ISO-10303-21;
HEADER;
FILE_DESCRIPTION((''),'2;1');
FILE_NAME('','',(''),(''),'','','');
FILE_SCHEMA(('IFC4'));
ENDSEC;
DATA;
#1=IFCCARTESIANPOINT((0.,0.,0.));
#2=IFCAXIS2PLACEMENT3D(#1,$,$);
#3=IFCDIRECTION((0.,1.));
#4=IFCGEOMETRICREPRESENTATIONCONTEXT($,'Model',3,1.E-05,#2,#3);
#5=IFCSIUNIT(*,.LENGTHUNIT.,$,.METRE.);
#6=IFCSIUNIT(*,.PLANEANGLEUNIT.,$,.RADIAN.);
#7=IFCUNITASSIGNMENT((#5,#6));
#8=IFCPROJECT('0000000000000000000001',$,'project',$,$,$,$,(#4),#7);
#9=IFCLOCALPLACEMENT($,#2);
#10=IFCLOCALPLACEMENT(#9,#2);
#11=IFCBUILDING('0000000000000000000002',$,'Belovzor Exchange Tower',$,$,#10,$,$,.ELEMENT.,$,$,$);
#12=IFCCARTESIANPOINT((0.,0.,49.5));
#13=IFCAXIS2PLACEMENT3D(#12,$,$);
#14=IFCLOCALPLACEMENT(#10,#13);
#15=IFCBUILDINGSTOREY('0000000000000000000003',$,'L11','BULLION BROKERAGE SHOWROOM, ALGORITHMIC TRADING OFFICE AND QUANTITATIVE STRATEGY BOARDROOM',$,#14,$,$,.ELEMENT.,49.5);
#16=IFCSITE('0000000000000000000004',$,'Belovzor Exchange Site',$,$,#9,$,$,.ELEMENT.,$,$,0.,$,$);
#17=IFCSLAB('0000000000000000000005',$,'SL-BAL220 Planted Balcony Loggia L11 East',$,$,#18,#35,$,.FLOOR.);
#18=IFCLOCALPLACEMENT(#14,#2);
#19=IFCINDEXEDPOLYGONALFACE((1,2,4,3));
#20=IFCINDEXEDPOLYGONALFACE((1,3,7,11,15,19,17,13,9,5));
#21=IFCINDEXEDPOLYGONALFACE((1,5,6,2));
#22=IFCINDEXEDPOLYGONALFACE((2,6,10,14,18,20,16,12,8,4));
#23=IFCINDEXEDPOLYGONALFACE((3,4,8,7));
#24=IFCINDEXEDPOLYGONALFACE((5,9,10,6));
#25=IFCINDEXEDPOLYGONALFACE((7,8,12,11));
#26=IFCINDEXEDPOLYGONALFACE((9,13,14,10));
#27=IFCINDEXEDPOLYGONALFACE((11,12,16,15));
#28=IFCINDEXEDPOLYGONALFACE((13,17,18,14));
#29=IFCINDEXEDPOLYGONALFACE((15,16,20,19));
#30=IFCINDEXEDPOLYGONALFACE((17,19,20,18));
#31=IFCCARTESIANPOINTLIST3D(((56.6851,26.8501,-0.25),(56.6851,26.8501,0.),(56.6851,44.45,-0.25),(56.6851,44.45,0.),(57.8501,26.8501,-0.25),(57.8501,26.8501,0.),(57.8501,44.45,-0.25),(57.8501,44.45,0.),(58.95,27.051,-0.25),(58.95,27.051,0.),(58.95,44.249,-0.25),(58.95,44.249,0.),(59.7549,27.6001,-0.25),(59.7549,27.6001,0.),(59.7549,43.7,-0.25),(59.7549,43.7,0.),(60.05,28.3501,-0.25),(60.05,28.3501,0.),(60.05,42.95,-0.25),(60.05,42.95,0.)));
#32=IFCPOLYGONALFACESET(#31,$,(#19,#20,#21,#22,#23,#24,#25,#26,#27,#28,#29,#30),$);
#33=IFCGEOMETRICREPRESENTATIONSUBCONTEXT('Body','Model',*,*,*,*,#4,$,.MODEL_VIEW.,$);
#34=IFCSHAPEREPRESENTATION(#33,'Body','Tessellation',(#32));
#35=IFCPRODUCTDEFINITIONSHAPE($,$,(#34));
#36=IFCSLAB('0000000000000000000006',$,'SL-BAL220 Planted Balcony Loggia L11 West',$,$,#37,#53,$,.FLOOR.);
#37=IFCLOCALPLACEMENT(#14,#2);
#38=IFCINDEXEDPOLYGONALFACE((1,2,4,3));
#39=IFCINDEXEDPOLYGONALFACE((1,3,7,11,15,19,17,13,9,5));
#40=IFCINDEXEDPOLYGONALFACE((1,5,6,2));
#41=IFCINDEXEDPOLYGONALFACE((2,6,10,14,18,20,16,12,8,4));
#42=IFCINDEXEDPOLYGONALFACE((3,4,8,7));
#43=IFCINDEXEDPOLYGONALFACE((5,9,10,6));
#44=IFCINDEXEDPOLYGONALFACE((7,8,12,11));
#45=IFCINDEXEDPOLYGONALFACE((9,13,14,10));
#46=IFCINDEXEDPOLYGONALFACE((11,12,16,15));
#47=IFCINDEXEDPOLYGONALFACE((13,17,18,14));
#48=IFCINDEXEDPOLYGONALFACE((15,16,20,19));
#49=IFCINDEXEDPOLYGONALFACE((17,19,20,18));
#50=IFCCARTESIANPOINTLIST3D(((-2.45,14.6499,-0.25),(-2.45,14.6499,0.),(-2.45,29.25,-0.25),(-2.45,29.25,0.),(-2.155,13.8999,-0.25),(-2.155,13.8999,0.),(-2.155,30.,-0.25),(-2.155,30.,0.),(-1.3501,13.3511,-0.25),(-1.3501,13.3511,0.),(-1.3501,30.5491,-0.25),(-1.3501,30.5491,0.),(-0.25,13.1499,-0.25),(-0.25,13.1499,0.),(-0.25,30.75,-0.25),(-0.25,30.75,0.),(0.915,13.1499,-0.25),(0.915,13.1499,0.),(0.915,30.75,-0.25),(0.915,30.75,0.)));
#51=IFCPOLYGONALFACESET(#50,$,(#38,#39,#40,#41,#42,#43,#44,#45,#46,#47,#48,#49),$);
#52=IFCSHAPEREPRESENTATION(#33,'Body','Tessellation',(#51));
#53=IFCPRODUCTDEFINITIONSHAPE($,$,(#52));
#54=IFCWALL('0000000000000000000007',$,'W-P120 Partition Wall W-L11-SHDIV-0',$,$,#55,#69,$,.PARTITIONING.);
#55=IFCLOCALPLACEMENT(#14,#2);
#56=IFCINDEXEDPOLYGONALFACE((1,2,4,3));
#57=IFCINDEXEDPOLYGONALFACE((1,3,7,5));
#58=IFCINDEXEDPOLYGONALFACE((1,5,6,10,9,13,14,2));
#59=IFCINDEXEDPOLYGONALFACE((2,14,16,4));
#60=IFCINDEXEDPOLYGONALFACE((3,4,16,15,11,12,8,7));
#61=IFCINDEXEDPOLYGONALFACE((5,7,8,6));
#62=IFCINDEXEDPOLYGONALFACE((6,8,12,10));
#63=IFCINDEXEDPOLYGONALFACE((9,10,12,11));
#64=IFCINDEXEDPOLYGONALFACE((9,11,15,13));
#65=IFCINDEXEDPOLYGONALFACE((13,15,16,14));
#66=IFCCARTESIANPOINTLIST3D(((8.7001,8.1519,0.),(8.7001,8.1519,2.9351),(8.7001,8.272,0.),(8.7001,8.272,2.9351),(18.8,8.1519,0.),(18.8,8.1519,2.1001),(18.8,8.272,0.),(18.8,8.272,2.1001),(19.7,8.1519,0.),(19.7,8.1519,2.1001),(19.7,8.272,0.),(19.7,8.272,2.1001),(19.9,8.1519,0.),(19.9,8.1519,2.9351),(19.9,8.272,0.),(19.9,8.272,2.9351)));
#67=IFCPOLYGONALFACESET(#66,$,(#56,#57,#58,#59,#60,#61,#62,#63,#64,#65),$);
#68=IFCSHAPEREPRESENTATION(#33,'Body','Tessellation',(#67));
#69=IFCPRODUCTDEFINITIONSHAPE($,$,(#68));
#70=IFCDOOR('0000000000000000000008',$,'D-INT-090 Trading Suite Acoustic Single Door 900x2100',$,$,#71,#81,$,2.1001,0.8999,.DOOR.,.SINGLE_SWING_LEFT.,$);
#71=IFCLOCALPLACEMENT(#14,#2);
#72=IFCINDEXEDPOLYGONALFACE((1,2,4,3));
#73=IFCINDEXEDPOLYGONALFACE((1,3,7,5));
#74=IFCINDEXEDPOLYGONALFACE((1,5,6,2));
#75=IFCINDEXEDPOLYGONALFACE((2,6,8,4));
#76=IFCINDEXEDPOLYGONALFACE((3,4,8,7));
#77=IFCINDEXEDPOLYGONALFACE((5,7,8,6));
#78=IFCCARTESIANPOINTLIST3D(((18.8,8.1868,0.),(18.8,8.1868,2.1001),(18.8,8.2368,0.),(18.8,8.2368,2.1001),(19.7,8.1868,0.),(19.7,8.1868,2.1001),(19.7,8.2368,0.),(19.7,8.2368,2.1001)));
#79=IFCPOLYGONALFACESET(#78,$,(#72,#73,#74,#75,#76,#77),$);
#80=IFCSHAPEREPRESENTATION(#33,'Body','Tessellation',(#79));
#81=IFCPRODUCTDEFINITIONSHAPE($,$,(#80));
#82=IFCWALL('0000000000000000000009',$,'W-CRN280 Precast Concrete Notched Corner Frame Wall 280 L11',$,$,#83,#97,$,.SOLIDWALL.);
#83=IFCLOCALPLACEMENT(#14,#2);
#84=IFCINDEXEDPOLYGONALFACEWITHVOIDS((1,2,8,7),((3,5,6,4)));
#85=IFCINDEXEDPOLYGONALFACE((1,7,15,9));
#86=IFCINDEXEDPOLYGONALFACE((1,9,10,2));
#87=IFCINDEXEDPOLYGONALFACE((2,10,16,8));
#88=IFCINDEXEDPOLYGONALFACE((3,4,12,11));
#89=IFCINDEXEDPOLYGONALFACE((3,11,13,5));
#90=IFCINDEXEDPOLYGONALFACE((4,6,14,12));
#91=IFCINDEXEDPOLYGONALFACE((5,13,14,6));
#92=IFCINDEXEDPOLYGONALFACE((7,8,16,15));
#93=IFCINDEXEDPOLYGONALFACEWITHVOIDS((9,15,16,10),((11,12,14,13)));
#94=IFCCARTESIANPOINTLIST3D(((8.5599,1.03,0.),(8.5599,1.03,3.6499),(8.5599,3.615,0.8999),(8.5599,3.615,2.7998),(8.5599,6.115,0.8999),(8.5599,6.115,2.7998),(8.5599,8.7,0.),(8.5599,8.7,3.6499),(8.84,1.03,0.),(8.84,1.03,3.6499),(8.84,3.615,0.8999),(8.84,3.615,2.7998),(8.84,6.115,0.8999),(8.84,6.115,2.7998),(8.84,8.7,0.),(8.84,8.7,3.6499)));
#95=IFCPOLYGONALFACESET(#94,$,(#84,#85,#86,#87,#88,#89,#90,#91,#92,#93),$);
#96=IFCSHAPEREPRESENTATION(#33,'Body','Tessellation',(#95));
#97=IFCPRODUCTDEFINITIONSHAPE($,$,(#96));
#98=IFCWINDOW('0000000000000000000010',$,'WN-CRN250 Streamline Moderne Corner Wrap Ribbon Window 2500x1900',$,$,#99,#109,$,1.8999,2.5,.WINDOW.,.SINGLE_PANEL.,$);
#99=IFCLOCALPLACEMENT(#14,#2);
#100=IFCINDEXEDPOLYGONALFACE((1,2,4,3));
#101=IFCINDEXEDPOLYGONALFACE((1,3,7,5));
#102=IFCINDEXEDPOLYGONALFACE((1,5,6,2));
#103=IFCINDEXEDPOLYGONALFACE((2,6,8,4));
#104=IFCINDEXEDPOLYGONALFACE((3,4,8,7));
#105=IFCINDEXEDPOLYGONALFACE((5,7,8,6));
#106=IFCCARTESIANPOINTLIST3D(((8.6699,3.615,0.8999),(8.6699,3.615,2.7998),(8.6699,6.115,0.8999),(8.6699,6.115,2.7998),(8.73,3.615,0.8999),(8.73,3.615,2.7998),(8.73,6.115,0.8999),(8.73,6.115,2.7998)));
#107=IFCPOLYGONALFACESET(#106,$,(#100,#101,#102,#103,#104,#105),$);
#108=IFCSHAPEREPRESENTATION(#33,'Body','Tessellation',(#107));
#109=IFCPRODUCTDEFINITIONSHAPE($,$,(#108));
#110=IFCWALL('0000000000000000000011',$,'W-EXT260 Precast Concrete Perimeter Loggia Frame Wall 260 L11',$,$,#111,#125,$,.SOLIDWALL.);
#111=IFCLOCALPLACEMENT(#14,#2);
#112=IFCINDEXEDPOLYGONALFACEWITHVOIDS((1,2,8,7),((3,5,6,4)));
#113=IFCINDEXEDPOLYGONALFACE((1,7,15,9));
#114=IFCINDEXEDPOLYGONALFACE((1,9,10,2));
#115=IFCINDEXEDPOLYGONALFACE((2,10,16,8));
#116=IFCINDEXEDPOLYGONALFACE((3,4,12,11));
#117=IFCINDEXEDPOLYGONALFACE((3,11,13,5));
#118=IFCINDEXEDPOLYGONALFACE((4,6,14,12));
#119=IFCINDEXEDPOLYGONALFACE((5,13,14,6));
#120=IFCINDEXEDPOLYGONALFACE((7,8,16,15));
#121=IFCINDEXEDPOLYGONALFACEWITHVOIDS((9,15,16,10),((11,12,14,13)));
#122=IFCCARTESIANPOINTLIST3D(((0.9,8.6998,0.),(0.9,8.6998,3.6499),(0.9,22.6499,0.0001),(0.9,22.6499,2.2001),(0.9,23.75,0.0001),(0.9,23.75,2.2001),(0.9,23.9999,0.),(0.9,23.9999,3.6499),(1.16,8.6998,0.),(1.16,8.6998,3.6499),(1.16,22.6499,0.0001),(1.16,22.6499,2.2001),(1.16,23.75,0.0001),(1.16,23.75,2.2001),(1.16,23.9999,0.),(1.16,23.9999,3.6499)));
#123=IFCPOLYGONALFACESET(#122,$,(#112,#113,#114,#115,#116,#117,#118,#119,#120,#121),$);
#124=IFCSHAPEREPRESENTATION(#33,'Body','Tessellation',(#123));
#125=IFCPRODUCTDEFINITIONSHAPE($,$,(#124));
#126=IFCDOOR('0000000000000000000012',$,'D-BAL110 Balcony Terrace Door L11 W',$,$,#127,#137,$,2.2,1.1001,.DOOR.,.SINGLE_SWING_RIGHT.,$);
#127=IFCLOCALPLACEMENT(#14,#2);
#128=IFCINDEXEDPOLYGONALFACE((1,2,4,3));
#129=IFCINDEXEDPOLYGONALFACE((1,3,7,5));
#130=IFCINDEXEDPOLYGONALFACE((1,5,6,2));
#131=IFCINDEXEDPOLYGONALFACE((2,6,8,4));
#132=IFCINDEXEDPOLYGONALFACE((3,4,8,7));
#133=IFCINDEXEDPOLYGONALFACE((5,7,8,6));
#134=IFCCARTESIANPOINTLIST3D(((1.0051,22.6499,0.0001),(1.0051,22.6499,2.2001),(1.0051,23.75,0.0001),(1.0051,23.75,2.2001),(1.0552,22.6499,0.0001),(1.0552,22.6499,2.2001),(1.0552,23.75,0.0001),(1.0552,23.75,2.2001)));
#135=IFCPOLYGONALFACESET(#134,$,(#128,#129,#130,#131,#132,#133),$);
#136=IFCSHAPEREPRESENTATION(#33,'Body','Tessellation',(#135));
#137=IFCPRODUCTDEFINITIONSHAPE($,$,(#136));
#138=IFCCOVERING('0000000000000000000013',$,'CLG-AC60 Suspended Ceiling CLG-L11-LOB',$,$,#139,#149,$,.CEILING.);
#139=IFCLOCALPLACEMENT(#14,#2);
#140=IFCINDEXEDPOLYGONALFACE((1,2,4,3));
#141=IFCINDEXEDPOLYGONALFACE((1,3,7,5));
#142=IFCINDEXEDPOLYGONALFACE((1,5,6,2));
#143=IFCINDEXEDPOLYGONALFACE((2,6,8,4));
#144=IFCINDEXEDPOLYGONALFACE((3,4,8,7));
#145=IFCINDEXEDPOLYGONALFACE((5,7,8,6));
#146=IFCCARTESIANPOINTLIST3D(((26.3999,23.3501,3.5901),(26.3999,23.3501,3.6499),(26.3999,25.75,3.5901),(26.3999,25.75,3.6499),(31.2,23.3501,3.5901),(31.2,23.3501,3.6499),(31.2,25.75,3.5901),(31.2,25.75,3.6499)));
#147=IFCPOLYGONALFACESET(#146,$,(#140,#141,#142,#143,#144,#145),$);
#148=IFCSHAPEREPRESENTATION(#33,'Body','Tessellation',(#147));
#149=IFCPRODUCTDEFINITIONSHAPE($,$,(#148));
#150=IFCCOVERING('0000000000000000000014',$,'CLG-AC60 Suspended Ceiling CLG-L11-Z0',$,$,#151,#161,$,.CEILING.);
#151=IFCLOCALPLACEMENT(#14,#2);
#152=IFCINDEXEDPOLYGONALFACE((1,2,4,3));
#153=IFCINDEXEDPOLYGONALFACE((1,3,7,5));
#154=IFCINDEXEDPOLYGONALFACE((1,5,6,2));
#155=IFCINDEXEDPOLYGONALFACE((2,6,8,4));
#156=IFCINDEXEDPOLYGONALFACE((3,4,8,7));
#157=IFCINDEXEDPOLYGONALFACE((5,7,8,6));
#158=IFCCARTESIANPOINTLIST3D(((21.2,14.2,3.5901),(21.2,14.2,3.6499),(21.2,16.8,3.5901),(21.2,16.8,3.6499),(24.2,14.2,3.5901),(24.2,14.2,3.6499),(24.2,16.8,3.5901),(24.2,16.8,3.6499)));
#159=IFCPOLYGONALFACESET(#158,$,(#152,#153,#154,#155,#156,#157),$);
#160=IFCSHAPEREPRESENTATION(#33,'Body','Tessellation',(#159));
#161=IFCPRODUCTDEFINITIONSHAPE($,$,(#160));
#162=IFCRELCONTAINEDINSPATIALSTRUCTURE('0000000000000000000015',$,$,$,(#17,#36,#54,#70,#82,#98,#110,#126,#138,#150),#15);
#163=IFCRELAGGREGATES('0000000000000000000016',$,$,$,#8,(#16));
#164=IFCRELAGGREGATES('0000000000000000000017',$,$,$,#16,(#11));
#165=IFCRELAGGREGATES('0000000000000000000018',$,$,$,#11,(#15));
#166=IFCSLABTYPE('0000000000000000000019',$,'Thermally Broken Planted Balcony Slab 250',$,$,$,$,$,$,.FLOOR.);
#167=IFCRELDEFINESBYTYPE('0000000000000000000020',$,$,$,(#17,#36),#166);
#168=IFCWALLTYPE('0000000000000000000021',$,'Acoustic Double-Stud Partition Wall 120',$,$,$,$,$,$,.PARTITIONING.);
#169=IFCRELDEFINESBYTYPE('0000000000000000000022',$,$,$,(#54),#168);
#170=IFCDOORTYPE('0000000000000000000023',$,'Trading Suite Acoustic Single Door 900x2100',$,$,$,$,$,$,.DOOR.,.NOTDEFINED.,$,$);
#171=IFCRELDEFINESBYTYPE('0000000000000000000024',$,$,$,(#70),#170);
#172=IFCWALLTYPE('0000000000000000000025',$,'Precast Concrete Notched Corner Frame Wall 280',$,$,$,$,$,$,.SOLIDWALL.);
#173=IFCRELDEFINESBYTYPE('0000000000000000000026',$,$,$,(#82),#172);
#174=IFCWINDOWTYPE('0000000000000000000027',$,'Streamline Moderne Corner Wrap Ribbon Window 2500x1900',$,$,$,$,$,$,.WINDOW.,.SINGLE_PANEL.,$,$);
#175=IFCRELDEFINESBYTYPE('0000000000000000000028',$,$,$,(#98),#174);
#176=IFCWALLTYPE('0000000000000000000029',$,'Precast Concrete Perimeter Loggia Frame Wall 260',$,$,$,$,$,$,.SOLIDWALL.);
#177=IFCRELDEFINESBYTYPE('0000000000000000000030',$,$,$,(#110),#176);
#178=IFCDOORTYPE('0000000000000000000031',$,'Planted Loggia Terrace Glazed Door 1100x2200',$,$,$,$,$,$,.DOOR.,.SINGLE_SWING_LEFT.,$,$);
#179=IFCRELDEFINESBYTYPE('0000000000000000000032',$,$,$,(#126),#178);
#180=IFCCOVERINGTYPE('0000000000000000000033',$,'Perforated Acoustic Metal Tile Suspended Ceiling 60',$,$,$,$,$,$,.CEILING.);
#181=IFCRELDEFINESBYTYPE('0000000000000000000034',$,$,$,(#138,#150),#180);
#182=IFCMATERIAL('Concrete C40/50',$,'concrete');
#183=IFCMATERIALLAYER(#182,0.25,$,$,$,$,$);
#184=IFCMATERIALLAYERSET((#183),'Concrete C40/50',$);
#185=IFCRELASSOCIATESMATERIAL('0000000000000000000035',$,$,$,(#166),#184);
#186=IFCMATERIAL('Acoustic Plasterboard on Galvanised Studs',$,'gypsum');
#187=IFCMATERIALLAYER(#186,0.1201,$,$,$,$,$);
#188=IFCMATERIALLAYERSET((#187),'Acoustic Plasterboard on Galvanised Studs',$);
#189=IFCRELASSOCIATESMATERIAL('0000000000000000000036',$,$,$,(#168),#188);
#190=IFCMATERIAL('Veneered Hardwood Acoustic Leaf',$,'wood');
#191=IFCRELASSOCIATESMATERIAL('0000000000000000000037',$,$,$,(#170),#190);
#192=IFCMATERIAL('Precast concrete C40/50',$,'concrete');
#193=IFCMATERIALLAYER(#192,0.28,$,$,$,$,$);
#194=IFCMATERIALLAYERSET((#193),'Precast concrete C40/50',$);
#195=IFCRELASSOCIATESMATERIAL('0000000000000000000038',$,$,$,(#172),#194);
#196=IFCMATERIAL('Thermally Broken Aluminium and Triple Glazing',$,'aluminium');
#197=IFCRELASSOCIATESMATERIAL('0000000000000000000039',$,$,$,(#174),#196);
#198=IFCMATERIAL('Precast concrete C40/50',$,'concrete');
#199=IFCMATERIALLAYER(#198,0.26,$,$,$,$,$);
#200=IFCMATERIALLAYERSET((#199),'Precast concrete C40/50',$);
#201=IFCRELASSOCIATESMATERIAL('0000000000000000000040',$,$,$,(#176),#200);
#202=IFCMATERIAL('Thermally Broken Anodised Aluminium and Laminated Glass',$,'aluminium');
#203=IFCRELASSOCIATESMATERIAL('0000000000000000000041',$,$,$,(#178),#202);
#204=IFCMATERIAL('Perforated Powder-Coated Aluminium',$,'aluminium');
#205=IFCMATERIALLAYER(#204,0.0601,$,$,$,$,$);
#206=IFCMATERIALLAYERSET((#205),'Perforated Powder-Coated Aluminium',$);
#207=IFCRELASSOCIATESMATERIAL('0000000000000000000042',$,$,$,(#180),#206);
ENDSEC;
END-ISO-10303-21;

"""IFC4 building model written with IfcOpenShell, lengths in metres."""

from ifc_helpers import new_model, si_unit, direction, frame, frame_2d, origin, place, context, subcontext, project, spatial, polyline, rectangle, outline, extrude, material, layer, layer_set, type_object, element, fill, save


model = new_model("IFC4")

# Units and contexts
model_context = context("Model", 3, precision=1e-05, world=origin(), true_north=direction((0.0, 1.0)))
body_context = subcontext(model_context, "Body", "Model", "MODEL_VIEW")
ifc_project = project(units=[si_unit("LENGTHUNIT", "METRE"), si_unit("PLANEANGLEUNIT", "RADIAN")], contexts=[model_context])

# Site, building, storey
site_placement = place(None, origin())
site = spatial("IfcSite", under=ifc_project, at=site_placement, Name="Belovzor Exchange Site", CompositionType="ELEMENT", RefElevation=0.0)
building_placement = place(site_placement, origin())
building = spatial("IfcBuilding", under=site, at=building_placement, Name="Belovzor Exchange Tower", CompositionType="ELEMENT")
storey_placement = place(building_placement, frame((0.0, 0.0, 49.5)))
storey = spatial("IfcBuildingStorey", under=building, at=storey_placement, Name="L11", Description="BULLION BROKERAGE SHOWROOM, ALGORITHMIC TRADING OFFICE AND QUANTITATIVE STRATEGY BOARDROOM", CompositionType="ELEMENT", Elevation=49.5)

# Slabs
ifc_material_1 = material(Name="Concrete C40/50", Category="concrete")
ifc_layer_1 = layer(ifc_material_1, 0.25)
ifc_layer_set_1 = layer_set([ifc_layer_1], Name="Concrete C40/50")
slab_type_1 = type_object("IfcSlabType", Name="Thermally Broken Planted Balcony Slab 250", PredefinedType="FLOOR", material=ifc_layer_set_1)
slab_1_placement = place(storey_placement, frame((0.0, 0.0, -0.25)))
element("IfcSlab", 1, at=slab_1_placement, inside=storey, type_object=slab_type_1, Name="SL-BAL220 Planted Balcony Loggia L11 East", PredefinedType="FLOOR", context=body_context, shape_type="SweptSolid", body=[
    extrude(outline(polyline([(56.6851, 26.8501), (57.8501, 26.8501), (58.95, 27.051), (59.7549, 27.6001), (60.05, 28.3501), (60.05, 42.95), (59.7549, 43.7), (58.95, 44.249), (57.8501, 44.45), (56.6851, 44.45), (56.6851, 26.8501)])), origin(), (0.0, 0.0, 1.0), 0.25),
])
slab_2_placement = place(storey_placement, frame((0.0, 0.0, -0.25)))
element("IfcSlab", 2, at=slab_2_placement, inside=storey, type_object=slab_type_1, Name="SL-BAL220 Planted Balcony Loggia L11 West", PredefinedType="FLOOR", context=body_context, shape_type="SweptSolid", body=[
    extrude(outline(polyline([(0.915, 30.75), (-0.25, 30.75), (-1.3501, 30.5491), (-2.155, 30.0), (-2.45, 29.25), (-2.45, 14.6499), (-2.155, 13.8999), (-1.3501, 13.3511), (-0.25, 13.1499), (0.915, 13.1499), (0.915, 30.75)])), origin(), (0.0, 0.0, 1.0), 0.25),
])

# Wall, opening, door
ifc_material_2 = material(Name="Acoustic Plasterboard on Galvanised Studs", Category="gypsum")
ifc_layer_2 = layer(ifc_material_2, 0.1201)
ifc_layer_set_2 = layer_set([ifc_layer_2], Name="Acoustic Plasterboard on Galvanised Studs")
wall_type_1 = type_object("IfcWallType", Name="Acoustic Double-Stud Partition Wall 120", PredefinedType="PARTITIONING", material=ifc_layer_set_2)
wall_1_placement = place(storey_placement, frame((8.7, 8.2119, 0.0), z_axis=(0.0, 0.0, 1.0), x_axis=(1.0, 0.0, 0.0)))
wall_1 = element("IfcWall", 3, at=wall_1_placement, inside=storey, type_object=wall_type_1, Name="W-P120 Partition Wall W-L11-SHDIV-0", PredefinedType="PARTITIONING", context=body_context, shape_type="SweptSolid", body=[
    extrude(rectangle(XDim=11.2, YDim=0.1201, at=frame_2d((5.6001, 0.0))), origin(), (0.0, 0.0, 1.0), 2.9351),
])
opening_1_placement = place(wall_1_placement, frame((10.1001, 0.0, 0.0)))
opening_1 = element("IfcOpeningElement", 4, at=opening_1_placement, cuts=wall_1, PredefinedType="OPENING", context=body_context, shape_type="SweptSolid", body=[
    extrude(rectangle(XDim=0.8999, YDim=2.1001, at=frame_2d((0.45, 1.05))), frame((0.0, 0.0701, 0.0), z_axis=(0.0, -1.0, 0.0), x_axis=(1.0, 0.0, 0.0)), (0.0, 0.0, 1.0), 0.1401),
])
ifc_material_3 = material(Name="Veneered Hardwood Acoustic Leaf", Category="wood")
door_type_1 = type_object("IfcDoorType", Name="Trading Suite Acoustic Single Door 900x2100", OperationType="NOTDEFINED", PredefinedType="DOOR", material=ifc_material_3)
door_1_placement = place(opening_1_placement, origin())
door_1 = element("IfcDoor", 5, at=door_1_placement, inside=storey, type_object=door_type_1, Name="D-INT-090 Trading Suite Acoustic Single Door 900x2100", OperationType="SINGLE_SWING_LEFT", OverallHeight=2.1001, OverallWidth=0.8999, PredefinedType="DOOR", context=body_context, shape_type="SweptSolid", body=[
    extrude(rectangle(XDim=0.8999, YDim=2.1001, at=frame_2d((0.45, 1.05))), frame((0.0, 0.0249, 0.0), z_axis=(0.0, -1.0, 0.0), x_axis=(1.0, 0.0, 0.0)), (0.0, 0.0, 1.0), 0.05),
])
fill(opening_1, door_1)

# Wall, opening, window
ifc_material_4 = material(Name="Precast concrete C40/50", Category="concrete")
ifc_layer_3 = layer(ifc_material_4, 0.28)
ifc_layer_set_3 = layer_set([ifc_layer_3], Name="Precast concrete C40/50")
wall_type_2 = type_object("IfcWallType", Name="Precast Concrete Notched Corner Frame Wall 280", PredefinedType="SOLIDWALL", material=ifc_layer_set_3)
wall_2_placement = place(storey_placement, frame((8.7, 1.03, 0.0), z_axis=(0.0, 0.0, 1.0), x_axis=(0.0, 1.0, 0.0)))
wall_2 = element("IfcWall", 6, at=wall_2_placement, inside=storey, type_object=wall_type_2, Name="W-CRN280 Precast Concrete Notched Corner Frame Wall 280 L11", PredefinedType="SOLIDWALL", context=body_context, shape_type="SweptSolid", body=[
    extrude(rectangle(XDim=7.6699, YDim=0.28, at=frame_2d((3.835, 0.0))), origin(), (0.0, 0.0, 1.0), 3.6499),
])
opening_2_placement = place(wall_2_placement, frame((2.585, 0.0, 0.8999)))
opening_2 = element("IfcOpeningElement", 7, at=opening_2_placement, cuts=wall_2, PredefinedType="OPENING", context=body_context, shape_type="SweptSolid", body=[
    extrude(rectangle(XDim=2.5, YDim=1.8999, at=frame_2d((1.25, 0.95))), frame((0.0, 0.1499, 0.0), z_axis=(0.0, -1.0, 0.0), x_axis=(1.0, 0.0, 0.0)), (0.0, 0.0, 1.0), 0.3),
])
ifc_material_5 = material(Name="Thermally Broken Aluminium and Triple Glazing", Category="aluminium")
window_type = type_object("IfcWindowType", Name="Streamline Moderne Corner Wrap Ribbon Window 2500x1900", PartitioningType="SINGLE_PANEL", PredefinedType="WINDOW", material=ifc_material_5)
window_placement = place(opening_2_placement, origin())
window = element("IfcWindow", 8, at=window_placement, inside=storey, type_object=window_type, Name="WN-CRN250 Streamline Moderne Corner Wrap Ribbon Window 2500x1900", OverallHeight=1.8999, OverallWidth=2.5, PartitioningType="SINGLE_PANEL", PredefinedType="WINDOW", context=body_context, shape_type="SweptSolid", body=[
    extrude(rectangle(XDim=2.5, YDim=1.8999, at=frame_2d((1.25, 0.95))), frame((0.0, 0.03, 0.0), z_axis=(0.0, -1.0, 0.0), x_axis=(1.0, 0.0, 0.0)), (0.0, 0.0, 1.0), 0.0601),
])
fill(opening_2, window)

# Wall, opening, door
ifc_material_6 = material(Name="Precast concrete C40/50", Category="concrete")
ifc_layer_4 = layer(ifc_material_6, 0.26)
ifc_layer_set_4 = layer_set([ifc_layer_4], Name="Precast concrete C40/50")
wall_type_3 = type_object("IfcWallType", Name="Precast Concrete Perimeter Loggia Frame Wall 260", PredefinedType="SOLIDWALL", material=ifc_layer_set_4)
wall_3_placement = place(storey_placement, frame((1.03, 8.7, 0.0), z_axis=(0.0, 0.0, 1.0), x_axis=(0.0, 1.0, 0.0)))
wall_3 = element("IfcWall", 9, at=wall_3_placement, inside=storey, type_object=wall_type_3, Name="W-EXT260 Precast Concrete Perimeter Loggia Frame Wall 260 L11", PredefinedType="SOLIDWALL", context=body_context, shape_type="SweptSolid", body=[
    extrude(rectangle(XDim=15.3, YDim=0.26, at=frame_2d((7.6499, 0.0))), origin(), (0.0, 0.0, 1.0), 3.6499),
])
opening_3_placement = place(wall_3_placement, frame((13.95, 0.0, 0.0)))
opening_3 = element("IfcOpeningElement", 10, at=opening_3_placement, cuts=wall_3, PredefinedType="OPENING", context=body_context, shape_type="SweptSolid", body=[
    extrude(rectangle(XDim=1.1001, YDim=2.2, at=frame_2d((0.55, 1.1001))), frame((0.0, 0.1399, 0.0), z_axis=(0.0, -1.0, 0.0), x_axis=(1.0, 0.0, 0.0)), (0.0, 0.0, 1.0), 0.28),
])
ifc_material_7 = material(Name="Thermally Broken Anodised Aluminium and Laminated Glass", Category="aluminium")
door_type_2 = type_object("IfcDoorType", Name="Planted Loggia Terrace Glazed Door 1100x2200", OperationType="SINGLE_SWING_LEFT", PredefinedType="DOOR", material=ifc_material_7)
door_2_placement = place(opening_3_placement, origin())
door_2 = element("IfcDoor", 11, at=door_2_placement, inside=storey, type_object=door_type_2, Name="D-BAL110 Balcony Terrace Door L11 W", OperationType="SINGLE_SWING_RIGHT", OverallHeight=2.2, OverallWidth=1.1001, PredefinedType="DOOR", context=body_context, shape_type="SweptSolid", body=[
    extrude(rectangle(XDim=1.1001, YDim=2.2, at=frame_2d((0.55, 1.1001))), frame((0.0, 0.0249, 0.0), z_axis=(0.0, -1.0, 0.0), x_axis=(1.0, 0.0, 0.0)), (0.0, 0.0, 1.0), 0.05),
])
fill(opening_3, door_2)

# Coverings
ifc_material_8 = material(Name="Perforated Powder-Coated Aluminium", Category="aluminium")
ifc_layer_5 = layer(ifc_material_8, 0.0601)
ifc_layer_set_5 = layer_set([ifc_layer_5], Name="Perforated Powder-Coated Aluminium")
covering_type_1 = type_object("IfcCoveringType", Name="Perforated Acoustic Metal Tile Suspended Ceiling 60", PredefinedType="CEILING", material=ifc_layer_set_5)
covering_1_placement = place(storey_placement, frame((0.0, 0.0, 3.5901)))
element("IfcCovering", 12, at=covering_1_placement, inside=storey, type_object=covering_type_1, Name="CLG-AC60 Suspended Ceiling CLG-L11-LOB", PredefinedType="CEILING", context=body_context, shape_type="SweptSolid", body=[
    extrude(outline(polyline([(26.3999, 23.3501), (31.2, 23.3501), (31.2, 25.75), (26.3999, 25.75), (26.3999, 23.3501)])), origin(), (0.0, 0.0, 1.0), 0.0598),
])
covering_2_placement = place(storey_placement, frame((0.0, 0.0, 3.5901)))
element("IfcCovering", 13, at=covering_2_placement, inside=storey, type_object=covering_type_1, Name="CLG-AC60 Suspended Ceiling CLG-L11-Z0", PredefinedType="CEILING", context=body_context, shape_type="SweptSolid", body=[
    extrude(outline(polyline([(21.2, 14.2), (24.2, 14.2), (24.2, 16.8), (21.2, 16.8), (21.2, 14.2)])), origin(), (0.0, 0.0, 1.0), 0.0598),
])

save(model, "model.ifc")
